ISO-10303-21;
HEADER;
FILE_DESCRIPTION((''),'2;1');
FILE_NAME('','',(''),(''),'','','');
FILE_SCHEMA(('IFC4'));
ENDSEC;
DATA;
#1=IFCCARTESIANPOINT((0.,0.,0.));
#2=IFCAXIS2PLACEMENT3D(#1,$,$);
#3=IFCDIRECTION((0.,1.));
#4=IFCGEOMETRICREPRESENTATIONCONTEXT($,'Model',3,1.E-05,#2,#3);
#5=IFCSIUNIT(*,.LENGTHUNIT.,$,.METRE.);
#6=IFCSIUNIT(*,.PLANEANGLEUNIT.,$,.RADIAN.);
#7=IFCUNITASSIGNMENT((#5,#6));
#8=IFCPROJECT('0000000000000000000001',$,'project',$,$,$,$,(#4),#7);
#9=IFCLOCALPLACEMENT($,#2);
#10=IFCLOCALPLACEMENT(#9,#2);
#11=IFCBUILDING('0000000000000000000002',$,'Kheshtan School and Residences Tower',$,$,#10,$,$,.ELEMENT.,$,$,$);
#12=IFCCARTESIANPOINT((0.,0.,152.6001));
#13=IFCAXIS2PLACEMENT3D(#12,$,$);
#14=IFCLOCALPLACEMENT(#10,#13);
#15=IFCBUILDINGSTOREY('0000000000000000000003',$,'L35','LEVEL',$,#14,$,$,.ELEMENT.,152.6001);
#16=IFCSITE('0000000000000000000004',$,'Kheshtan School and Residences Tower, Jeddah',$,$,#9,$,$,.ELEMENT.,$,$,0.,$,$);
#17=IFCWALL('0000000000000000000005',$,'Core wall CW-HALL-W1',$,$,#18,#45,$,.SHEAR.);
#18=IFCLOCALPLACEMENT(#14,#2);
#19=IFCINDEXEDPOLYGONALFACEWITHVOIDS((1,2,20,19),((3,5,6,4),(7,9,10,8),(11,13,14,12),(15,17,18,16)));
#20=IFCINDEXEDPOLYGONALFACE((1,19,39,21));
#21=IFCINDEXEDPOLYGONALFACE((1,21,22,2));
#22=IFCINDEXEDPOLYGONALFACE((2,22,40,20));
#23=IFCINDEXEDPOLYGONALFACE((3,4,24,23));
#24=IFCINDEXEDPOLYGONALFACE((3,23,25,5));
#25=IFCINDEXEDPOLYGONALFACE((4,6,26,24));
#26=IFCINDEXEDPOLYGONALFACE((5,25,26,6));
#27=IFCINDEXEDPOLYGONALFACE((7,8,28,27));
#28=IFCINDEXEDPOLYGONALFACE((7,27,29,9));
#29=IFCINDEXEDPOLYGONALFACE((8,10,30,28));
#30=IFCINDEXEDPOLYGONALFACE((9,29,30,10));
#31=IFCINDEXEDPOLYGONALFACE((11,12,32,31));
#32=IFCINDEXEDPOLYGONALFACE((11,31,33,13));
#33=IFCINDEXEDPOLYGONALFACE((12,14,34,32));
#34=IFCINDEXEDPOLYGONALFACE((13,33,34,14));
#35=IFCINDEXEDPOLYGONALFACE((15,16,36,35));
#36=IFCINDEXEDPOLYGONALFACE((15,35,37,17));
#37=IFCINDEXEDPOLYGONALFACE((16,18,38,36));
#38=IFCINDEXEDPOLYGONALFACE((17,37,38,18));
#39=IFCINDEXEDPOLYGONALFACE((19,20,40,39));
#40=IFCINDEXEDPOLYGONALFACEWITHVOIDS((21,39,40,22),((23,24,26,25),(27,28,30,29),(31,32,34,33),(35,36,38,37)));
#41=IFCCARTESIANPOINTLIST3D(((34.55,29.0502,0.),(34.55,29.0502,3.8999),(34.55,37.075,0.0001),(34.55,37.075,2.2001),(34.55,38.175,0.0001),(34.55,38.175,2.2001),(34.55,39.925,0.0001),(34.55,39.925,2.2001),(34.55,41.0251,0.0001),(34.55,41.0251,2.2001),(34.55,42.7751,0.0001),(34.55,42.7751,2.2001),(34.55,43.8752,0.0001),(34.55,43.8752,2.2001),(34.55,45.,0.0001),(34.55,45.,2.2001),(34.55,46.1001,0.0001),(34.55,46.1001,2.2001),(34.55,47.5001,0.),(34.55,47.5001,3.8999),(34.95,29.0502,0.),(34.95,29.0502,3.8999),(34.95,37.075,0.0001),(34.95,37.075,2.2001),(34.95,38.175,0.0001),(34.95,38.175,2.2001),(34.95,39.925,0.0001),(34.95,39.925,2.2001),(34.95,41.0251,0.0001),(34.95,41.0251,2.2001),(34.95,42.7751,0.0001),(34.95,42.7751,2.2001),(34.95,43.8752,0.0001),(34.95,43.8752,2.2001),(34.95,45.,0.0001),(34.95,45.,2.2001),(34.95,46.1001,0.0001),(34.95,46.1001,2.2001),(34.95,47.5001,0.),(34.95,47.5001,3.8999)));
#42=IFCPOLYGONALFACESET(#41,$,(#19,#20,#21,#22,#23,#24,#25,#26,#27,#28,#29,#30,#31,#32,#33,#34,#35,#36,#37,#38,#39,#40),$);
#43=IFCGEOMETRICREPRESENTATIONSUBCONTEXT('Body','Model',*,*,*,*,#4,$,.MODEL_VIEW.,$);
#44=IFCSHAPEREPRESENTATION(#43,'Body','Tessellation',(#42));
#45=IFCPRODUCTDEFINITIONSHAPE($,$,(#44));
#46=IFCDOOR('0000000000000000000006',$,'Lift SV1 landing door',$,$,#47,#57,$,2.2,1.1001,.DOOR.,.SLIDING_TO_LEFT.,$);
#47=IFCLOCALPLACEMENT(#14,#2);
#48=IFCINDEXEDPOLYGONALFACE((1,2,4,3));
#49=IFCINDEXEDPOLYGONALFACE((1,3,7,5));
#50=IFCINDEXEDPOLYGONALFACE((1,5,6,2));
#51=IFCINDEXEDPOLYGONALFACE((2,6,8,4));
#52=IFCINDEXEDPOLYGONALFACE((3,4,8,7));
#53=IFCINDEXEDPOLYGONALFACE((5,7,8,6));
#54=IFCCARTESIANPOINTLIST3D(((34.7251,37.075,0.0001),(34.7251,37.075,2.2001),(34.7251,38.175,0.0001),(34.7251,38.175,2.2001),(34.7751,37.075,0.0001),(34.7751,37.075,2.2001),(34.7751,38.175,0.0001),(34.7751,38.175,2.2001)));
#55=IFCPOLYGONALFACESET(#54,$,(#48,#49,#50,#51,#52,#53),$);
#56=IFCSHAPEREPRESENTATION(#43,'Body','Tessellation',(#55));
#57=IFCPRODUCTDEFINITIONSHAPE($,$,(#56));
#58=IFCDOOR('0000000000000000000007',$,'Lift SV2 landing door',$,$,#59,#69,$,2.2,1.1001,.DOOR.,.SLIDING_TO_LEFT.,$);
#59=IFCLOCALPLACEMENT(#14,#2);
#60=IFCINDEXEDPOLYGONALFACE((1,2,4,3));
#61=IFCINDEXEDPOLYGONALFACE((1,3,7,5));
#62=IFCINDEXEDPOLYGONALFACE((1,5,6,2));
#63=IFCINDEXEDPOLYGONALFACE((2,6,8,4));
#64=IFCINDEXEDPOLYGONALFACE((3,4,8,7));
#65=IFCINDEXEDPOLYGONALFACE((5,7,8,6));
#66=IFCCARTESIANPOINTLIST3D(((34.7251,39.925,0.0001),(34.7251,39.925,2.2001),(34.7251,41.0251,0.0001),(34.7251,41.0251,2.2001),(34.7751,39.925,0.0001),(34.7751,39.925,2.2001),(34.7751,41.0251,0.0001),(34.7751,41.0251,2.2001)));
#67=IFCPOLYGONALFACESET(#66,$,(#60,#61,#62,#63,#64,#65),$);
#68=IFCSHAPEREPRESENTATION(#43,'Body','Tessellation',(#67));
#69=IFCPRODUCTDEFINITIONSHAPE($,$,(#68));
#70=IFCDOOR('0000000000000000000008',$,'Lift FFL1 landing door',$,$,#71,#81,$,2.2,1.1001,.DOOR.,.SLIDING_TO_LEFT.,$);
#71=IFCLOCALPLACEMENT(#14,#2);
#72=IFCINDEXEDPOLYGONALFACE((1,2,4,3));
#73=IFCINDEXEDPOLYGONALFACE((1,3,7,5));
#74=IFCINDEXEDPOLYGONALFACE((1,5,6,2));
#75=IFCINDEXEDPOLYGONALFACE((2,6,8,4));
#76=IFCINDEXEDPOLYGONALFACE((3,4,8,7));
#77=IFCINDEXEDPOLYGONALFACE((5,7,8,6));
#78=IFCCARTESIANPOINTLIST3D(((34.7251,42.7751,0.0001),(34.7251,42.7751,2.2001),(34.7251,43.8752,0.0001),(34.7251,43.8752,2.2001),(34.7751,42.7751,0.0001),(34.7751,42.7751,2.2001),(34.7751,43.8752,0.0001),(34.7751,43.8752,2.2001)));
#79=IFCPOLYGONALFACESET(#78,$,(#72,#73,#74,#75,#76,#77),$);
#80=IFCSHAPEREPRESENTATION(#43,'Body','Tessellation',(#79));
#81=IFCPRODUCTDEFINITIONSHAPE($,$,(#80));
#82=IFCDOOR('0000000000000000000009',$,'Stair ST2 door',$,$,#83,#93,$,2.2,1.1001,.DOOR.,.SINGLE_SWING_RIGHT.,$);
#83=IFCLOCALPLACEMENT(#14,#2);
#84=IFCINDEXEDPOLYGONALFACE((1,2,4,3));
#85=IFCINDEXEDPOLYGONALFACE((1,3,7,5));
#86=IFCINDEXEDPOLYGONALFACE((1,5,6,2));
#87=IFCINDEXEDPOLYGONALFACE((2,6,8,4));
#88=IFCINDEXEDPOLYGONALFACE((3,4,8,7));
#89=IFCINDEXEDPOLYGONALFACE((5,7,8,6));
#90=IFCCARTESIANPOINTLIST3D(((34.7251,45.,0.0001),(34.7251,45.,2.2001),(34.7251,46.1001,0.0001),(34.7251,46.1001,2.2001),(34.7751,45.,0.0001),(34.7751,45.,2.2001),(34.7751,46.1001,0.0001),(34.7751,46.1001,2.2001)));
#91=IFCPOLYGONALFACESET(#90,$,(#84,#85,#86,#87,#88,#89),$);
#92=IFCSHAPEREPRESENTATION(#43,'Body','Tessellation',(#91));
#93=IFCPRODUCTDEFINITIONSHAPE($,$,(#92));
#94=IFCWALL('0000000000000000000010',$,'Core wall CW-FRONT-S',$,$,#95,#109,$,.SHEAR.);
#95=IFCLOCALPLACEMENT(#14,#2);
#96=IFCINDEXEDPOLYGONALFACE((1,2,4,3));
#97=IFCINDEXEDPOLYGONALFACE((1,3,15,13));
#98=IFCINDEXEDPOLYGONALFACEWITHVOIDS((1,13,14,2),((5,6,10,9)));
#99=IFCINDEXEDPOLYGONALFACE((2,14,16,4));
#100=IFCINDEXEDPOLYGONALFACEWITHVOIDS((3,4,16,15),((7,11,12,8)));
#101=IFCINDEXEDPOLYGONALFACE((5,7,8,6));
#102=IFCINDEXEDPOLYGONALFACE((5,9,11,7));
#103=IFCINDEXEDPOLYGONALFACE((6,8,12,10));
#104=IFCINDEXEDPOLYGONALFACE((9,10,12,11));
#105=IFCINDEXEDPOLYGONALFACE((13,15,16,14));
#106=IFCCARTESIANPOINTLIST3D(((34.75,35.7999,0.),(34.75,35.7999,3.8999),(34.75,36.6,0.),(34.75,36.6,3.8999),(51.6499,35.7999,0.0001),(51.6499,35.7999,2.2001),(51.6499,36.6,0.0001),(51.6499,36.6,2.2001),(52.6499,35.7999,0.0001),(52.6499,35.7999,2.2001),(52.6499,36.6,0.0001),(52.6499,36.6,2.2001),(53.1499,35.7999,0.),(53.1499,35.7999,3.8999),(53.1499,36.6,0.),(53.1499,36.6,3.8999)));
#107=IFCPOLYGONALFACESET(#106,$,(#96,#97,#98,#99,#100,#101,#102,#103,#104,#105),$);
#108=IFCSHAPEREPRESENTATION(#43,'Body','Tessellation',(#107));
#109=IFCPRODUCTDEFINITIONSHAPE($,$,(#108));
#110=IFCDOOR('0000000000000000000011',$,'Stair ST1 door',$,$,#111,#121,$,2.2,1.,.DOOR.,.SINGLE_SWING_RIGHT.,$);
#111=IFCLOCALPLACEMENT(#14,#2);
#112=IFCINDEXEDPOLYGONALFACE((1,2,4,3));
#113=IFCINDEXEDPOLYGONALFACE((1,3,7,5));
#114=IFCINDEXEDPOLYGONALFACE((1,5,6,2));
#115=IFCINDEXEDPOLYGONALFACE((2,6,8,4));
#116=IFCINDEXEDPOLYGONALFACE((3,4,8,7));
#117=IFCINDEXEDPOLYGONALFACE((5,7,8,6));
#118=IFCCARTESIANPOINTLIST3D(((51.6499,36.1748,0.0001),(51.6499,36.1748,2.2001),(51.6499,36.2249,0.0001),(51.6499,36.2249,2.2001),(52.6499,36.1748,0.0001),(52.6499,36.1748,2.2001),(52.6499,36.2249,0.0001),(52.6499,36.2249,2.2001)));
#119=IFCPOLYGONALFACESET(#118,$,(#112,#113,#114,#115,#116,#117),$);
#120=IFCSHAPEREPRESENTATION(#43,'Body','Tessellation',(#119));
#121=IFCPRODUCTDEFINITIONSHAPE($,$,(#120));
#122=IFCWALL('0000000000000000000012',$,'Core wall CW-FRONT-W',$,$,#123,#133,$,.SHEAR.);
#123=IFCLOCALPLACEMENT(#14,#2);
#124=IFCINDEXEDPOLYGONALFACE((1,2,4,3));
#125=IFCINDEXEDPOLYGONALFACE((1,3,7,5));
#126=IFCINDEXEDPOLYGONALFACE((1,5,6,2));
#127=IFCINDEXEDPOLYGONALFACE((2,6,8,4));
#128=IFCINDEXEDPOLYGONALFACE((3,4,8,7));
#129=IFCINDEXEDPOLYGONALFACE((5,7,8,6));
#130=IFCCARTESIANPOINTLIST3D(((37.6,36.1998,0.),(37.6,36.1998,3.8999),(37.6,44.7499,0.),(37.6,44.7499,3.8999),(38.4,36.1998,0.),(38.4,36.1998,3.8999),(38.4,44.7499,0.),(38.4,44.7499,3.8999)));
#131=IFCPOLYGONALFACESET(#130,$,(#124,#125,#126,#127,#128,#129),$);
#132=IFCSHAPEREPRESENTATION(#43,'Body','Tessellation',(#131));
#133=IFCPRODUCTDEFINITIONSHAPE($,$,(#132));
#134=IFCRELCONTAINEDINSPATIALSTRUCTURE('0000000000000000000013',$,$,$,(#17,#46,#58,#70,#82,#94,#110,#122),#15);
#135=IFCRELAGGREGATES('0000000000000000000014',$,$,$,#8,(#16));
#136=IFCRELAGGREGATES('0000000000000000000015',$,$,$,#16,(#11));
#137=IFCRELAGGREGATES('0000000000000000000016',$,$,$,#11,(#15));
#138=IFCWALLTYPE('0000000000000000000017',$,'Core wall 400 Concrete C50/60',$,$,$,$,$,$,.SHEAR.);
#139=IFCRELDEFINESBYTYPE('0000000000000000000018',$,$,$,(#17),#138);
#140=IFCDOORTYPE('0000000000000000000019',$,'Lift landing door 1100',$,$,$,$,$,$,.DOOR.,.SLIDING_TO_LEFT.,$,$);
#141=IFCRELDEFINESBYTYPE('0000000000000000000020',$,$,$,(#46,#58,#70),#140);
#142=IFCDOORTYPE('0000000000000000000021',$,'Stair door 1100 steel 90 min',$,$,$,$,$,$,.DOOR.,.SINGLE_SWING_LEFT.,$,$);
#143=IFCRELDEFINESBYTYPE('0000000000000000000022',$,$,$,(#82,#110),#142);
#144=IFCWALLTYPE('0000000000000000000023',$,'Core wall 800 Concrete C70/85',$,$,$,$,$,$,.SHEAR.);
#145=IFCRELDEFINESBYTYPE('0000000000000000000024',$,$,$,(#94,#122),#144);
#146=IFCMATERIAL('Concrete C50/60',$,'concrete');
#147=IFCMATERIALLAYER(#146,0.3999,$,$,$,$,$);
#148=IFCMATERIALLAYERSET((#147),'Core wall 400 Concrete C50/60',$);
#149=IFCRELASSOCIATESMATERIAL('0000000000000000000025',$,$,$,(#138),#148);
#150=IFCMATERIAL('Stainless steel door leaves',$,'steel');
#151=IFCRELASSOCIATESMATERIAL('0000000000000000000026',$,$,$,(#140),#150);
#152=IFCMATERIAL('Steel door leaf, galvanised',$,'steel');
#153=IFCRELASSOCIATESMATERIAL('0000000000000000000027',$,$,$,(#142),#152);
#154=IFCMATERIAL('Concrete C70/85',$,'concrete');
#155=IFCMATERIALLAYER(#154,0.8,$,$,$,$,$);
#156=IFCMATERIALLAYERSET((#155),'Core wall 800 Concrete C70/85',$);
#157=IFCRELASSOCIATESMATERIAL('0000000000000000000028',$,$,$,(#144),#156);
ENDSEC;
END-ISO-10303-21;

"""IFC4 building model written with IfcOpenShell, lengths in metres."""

from ifc_helpers import new_model, si_unit, direction, frame, frame_2d, origin, place, context, subcontext, project, spatial, rectangle, extrude, source, transform, mapped, material, layer, layer_set, type_object, element, fill, save


model = new_model("IFC4")

# Units and contexts
model_context = context("Model", 3, precision=1e-05, world=origin(), true_north=direction((0.0, 1.0)))
body_context = subcontext(model_context, "Body", "Model", "MODEL_VIEW")
ifc_project = project(units=[si_unit("LENGTHUNIT", "METRE"), si_unit("PLANEANGLEUNIT", "RADIAN")], contexts=[model_context])

# Site, building, storey
site_placement = place(None, origin())
site = spatial("IfcSite", under=ifc_project, at=site_placement, Name="Kheshtan School and Residences Tower, Jeddah", CompositionType="ELEMENT", RefElevation=0.0)
building_placement = place(site_placement, origin())
building = spatial("IfcBuilding", under=site, at=building_placement, Name="Kheshtan School and Residences Tower", CompositionType="ELEMENT")
storey_placement = place(building_placement, frame((0.0, 0.0, 152.6001)))
storey = spatial("IfcBuildingStorey", under=building, at=storey_placement, Name="L35", Description="LEVEL", CompositionType="ELEMENT", Elevation=152.6001)

# Shared definitions
ifc_material_1 = material(Name="Concrete C50/60", Category="concrete")
ifc_layer_1 = layer(ifc_material_1, 0.3999)
ifc_layer_set_1 = layer_set([ifc_layer_1], Name="Core wall 400 Concrete C50/60")
wall_type_1 = type_object("IfcWallType", Name="Core wall 400 Concrete C50/60", PredefinedType="SHEAR", material=ifc_layer_set_1)
ifc_material_2 = material(Name="Stainless steel door leaves", Category="steel")
door_type_1 = type_object("IfcDoorType", Name="Lift landing door 1100", OperationType="SLIDING_TO_LEFT", PredefinedType="DOOR", material=ifc_material_2)
shared_shape_1 = source(origin(), body_context, "Body", "SweptSolid", [
    extrude(rectangle(XDim=1.1001, YDim=2.2, at=frame_2d((0.55, 1.1001))), frame((0.0, 0.0249, 0.0), z_axis=(0.0, -1.0, 0.0), x_axis=(1.0, 0.0, 0.0)), (0.0, 0.0, 1.0), 0.05),
])

# Wall, openings, doors
wall_1_placement = place(storey_placement, frame((34.75, 29.05, 0.0), z_axis=(0.0, 0.0, 1.0), x_axis=(0.0, 1.0, 0.0)))
wall_1 = element("IfcWall", 1, at=wall_1_placement, inside=storey, type_object=wall_type_1, Name="Core wall CW-HALL-W1", PredefinedType="SHEAR", context=body_context, shape_type="SweptSolid", body=[
    extrude(rectangle(XDim=18.45, YDim=0.3999, at=frame_2d((9.2251, 0.0))), origin(), (0.0, 0.0, 1.0), 3.8999),
])
opening_1_placement = place(wall_1_placement, frame((8.0249, 0.0, 0.0)))
opening_1 = element("IfcOpeningElement", 2, at=opening_1_placement, cuts=wall_1, PredefinedType="OPENING", context=body_context, shape_type="SweptSolid", body=[
    extrude(rectangle(XDim=1.1001, YDim=2.2, at=frame_2d((0.55, 1.1001))), frame((0.0, 0.21, 0.0), z_axis=(0.0, -1.0, 0.0), x_axis=(1.0, 0.0, 0.0)), (0.0, 0.0, 1.0), 0.4199),
])
opening_2_placement = place(wall_1_placement, frame((10.875, 0.0, 0.0)))
opening_2 = element("IfcOpeningElement", 3, at=opening_2_placement, cuts=wall_1, PredefinedType="OPENING", context=body_context, shape_type="SweptSolid", body=[
    extrude(rectangle(XDim=1.1001, YDim=2.2, at=frame_2d((0.55, 1.1001))), frame((0.0, 0.21, 0.0), z_axis=(0.0, -1.0, 0.0), x_axis=(1.0, 0.0, 0.0)), (0.0, 0.0, 1.0), 0.4199),
])
opening_3_placement = place(wall_1_placement, frame((13.7251, 0.0, 0.0)))
opening_3 = element("IfcOpeningElement", 4, at=opening_3_placement, cuts=wall_1, PredefinedType="OPENING", context=body_context, shape_type="SweptSolid", body=[
    extrude(rectangle(XDim=1.1001, YDim=2.2, at=frame_2d((0.55, 1.1001))), frame((0.0, 0.21, 0.0), z_axis=(0.0, -1.0, 0.0), x_axis=(1.0, 0.0, 0.0)), (0.0, 0.0, 1.0), 0.4199),
])
opening_4_placement = place(wall_1_placement, frame((15.95, 0.0, 0.0)))
opening_4 = element("IfcOpeningElement", 5, at=opening_4_placement, cuts=wall_1, PredefinedType="OPENING", context=body_context, shape_type="SweptSolid", body=[
    extrude(rectangle(XDim=1.1001, YDim=2.2, at=frame_2d((0.55, 1.1001))), frame((0.0, 0.21, 0.0), z_axis=(0.0, -1.0, 0.0), x_axis=(1.0, 0.0, 0.0)), (0.0, 0.0, 1.0), 0.4199),
])
door_1_placement = place(opening_1_placement, origin())
door_1 = element("IfcDoor", 6, at=door_1_placement, inside=storey, type_object=door_type_1, Name="Lift SV1 landing door", OperationType="SLIDING_TO_LEFT", OverallHeight=2.2, OverallWidth=1.1001, PredefinedType="DOOR", context=body_context, shape_type="MappedRepresentation", body=[
    mapped(shared_shape_1, transform((0.0, 0.0, 0.0), x_axis=(1.0, 0.0, 0.0), y_axis=(0.0, 1.0, 0.0), z_axis=(0.0, 0.0, 1.0), scale=1.0)),
])
fill(opening_1, door_1)
door_2_placement = place(opening_2_placement, origin())
door_2 = element("IfcDoor", 7, at=door_2_placement, inside=storey, type_object=door_type_1, Name="Lift SV2 landing door", OperationType="SLIDING_TO_LEFT", OverallHeight=2.2, OverallWidth=1.1001, PredefinedType="DOOR", context=body_context, shape_type="MappedRepresentation", body=[
    mapped(shared_shape_1, transform((0.0, 0.0, 0.0), x_axis=(1.0, 0.0, 0.0), y_axis=(0.0, 1.0, 0.0), z_axis=(0.0, 0.0, 1.0), scale=1.0)),
])
fill(opening_2, door_2)
door_3_placement = place(opening_3_placement, origin())
door_3 = element("IfcDoor", 8, at=door_3_placement, inside=storey, type_object=door_type_1, Name="Lift FFL1 landing door", OperationType="SLIDING_TO_LEFT", OverallHeight=2.2, OverallWidth=1.1001, PredefinedType="DOOR", context=body_context, shape_type="MappedRepresentation", body=[
    mapped(shared_shape_1, transform((0.0, 0.0, 0.0), x_axis=(1.0, 0.0, 0.0), y_axis=(0.0, 1.0, 0.0), z_axis=(0.0, 0.0, 1.0), scale=1.0)),
])
fill(opening_3, door_3)
ifc_material_3 = material(Name="Steel door leaf, galvanised", Category="steel")
door_type_2 = type_object("IfcDoorType", Name="Stair door 1100 steel 90 min", OperationType="SINGLE_SWING_LEFT", PredefinedType="DOOR", material=ifc_material_3)
shared_shape_2 = source(origin(), body_context, "Body", "SweptSolid", [
    extrude(rectangle(XDim=1.1001, YDim=2.2, at=frame_2d((0.55, 1.1001))), frame((0.0, 0.0249, 0.0), z_axis=(0.0, -1.0, 0.0), x_axis=(1.0, 0.0, 0.0)), (0.0, 0.0, 1.0), 0.05),
])
door_4_placement = place(opening_4_placement, origin())
door_4 = element("IfcDoor", 9, at=door_4_placement, inside=storey, type_object=door_type_2, Name="Stair ST2 door", OperationType="SINGLE_SWING_RIGHT", OverallHeight=2.2, OverallWidth=1.1001, PredefinedType="DOOR", context=body_context, shape_type="MappedRepresentation", body=[
    mapped(shared_shape_2, transform((0.0, 0.0, 0.0), x_axis=(1.0, 0.0, 0.0), y_axis=(0.0, 1.0, 0.0), z_axis=(0.0, 0.0, 1.0), scale=1.0)),
])
fill(opening_4, door_4)

# Wall, opening, door
ifc_material_4 = material(Name="Concrete C70/85", Category="concrete")
ifc_layer_2 = layer(ifc_material_4, 0.8)
ifc_layer_set_2 = layer_set([ifc_layer_2], Name="Core wall 800 Concrete C70/85")
wall_type_2 = type_object("IfcWallType", Name="Core wall 800 Concrete C70/85", PredefinedType="SHEAR", material=ifc_layer_set_2)
wall_2_placement = place(storey_placement, frame((34.75, 36.2, 0.0), z_axis=(0.0, 0.0, 1.0), x_axis=(1.0, 0.0, 0.0)))
wall_2 = element("IfcWall", 10, at=wall_2_placement, inside=storey, type_object=wall_type_2, Name="Core wall CW-FRONT-S", PredefinedType="SHEAR", context=body_context, shape_type="SweptSolid", body=[
    extrude(rectangle(XDim=18.3999, YDim=0.8, at=frame_2d((9.2, 0.0))), origin(), (0.0, 0.0, 1.0), 3.8999),
])
opening_5_placement = place(wall_2_placement, frame((16.8999, 0.0, 0.0)))
opening_5 = element("IfcOpeningElement", 11, at=opening_5_placement, cuts=wall_2, PredefinedType="OPENING", context=body_context, shape_type="SweptSolid", body=[
    extrude(rectangle(XDim=1.0, YDim=2.2, at=frame_2d((0.5, 1.1001))), frame((0.0, 0.4102, 0.0), z_axis=(0.0, -1.0, 0.0), x_axis=(1.0, 0.0, 0.0)), (0.0, 0.0, 1.0), 0.8201),
])
shared_shape_3 = source(origin(), body_context, "Body", "SweptSolid", [
    extrude(rectangle(XDim=1.0, YDim=2.2, at=frame_2d((0.5, 1.1001))), frame((0.0, 0.0249, 0.0), z_axis=(0.0, -1.0, 0.0), x_axis=(1.0, 0.0, 0.0)), (0.0, 0.0, 1.0), 0.05),
])
door_5_placement = place(opening_5_placement, origin())
door_5 = element("IfcDoor", 12, at=door_5_placement, inside=storey, type_object=door_type_2, Name="Stair ST1 door", OperationType="SINGLE_SWING_RIGHT", OverallHeight=2.2, OverallWidth=1.0, PredefinedType="DOOR", context=body_context, shape_type="MappedRepresentation", body=[
    mapped(shared_shape_3, transform((0.0, 0.0, 0.0), x_axis=(1.0, 0.0, 0.0), y_axis=(0.0, 1.0, 0.0), z_axis=(0.0, 0.0, 1.0), scale=1.0)),
])
fill(opening_5, door_5)

# Wall
wall_3_placement = place(storey_placement, frame((38.0, 36.2, 0.0), z_axis=(0.0, 0.0, 1.0), x_axis=(0.0, 1.0, 0.0)))
element("IfcWall", 13, at=wall_3_placement, inside=storey, type_object=wall_type_2, Name="Core wall CW-FRONT-W", PredefinedType="SHEAR", context=body_context, shape_type="SweptSolid", body=[
    extrude(rectangle(XDim=8.55, YDim=0.8, at=frame_2d((4.2749, 0.0))), origin(), (0.0, 0.0, 1.0), 3.8999),
])

save(model, "model.ifc")
